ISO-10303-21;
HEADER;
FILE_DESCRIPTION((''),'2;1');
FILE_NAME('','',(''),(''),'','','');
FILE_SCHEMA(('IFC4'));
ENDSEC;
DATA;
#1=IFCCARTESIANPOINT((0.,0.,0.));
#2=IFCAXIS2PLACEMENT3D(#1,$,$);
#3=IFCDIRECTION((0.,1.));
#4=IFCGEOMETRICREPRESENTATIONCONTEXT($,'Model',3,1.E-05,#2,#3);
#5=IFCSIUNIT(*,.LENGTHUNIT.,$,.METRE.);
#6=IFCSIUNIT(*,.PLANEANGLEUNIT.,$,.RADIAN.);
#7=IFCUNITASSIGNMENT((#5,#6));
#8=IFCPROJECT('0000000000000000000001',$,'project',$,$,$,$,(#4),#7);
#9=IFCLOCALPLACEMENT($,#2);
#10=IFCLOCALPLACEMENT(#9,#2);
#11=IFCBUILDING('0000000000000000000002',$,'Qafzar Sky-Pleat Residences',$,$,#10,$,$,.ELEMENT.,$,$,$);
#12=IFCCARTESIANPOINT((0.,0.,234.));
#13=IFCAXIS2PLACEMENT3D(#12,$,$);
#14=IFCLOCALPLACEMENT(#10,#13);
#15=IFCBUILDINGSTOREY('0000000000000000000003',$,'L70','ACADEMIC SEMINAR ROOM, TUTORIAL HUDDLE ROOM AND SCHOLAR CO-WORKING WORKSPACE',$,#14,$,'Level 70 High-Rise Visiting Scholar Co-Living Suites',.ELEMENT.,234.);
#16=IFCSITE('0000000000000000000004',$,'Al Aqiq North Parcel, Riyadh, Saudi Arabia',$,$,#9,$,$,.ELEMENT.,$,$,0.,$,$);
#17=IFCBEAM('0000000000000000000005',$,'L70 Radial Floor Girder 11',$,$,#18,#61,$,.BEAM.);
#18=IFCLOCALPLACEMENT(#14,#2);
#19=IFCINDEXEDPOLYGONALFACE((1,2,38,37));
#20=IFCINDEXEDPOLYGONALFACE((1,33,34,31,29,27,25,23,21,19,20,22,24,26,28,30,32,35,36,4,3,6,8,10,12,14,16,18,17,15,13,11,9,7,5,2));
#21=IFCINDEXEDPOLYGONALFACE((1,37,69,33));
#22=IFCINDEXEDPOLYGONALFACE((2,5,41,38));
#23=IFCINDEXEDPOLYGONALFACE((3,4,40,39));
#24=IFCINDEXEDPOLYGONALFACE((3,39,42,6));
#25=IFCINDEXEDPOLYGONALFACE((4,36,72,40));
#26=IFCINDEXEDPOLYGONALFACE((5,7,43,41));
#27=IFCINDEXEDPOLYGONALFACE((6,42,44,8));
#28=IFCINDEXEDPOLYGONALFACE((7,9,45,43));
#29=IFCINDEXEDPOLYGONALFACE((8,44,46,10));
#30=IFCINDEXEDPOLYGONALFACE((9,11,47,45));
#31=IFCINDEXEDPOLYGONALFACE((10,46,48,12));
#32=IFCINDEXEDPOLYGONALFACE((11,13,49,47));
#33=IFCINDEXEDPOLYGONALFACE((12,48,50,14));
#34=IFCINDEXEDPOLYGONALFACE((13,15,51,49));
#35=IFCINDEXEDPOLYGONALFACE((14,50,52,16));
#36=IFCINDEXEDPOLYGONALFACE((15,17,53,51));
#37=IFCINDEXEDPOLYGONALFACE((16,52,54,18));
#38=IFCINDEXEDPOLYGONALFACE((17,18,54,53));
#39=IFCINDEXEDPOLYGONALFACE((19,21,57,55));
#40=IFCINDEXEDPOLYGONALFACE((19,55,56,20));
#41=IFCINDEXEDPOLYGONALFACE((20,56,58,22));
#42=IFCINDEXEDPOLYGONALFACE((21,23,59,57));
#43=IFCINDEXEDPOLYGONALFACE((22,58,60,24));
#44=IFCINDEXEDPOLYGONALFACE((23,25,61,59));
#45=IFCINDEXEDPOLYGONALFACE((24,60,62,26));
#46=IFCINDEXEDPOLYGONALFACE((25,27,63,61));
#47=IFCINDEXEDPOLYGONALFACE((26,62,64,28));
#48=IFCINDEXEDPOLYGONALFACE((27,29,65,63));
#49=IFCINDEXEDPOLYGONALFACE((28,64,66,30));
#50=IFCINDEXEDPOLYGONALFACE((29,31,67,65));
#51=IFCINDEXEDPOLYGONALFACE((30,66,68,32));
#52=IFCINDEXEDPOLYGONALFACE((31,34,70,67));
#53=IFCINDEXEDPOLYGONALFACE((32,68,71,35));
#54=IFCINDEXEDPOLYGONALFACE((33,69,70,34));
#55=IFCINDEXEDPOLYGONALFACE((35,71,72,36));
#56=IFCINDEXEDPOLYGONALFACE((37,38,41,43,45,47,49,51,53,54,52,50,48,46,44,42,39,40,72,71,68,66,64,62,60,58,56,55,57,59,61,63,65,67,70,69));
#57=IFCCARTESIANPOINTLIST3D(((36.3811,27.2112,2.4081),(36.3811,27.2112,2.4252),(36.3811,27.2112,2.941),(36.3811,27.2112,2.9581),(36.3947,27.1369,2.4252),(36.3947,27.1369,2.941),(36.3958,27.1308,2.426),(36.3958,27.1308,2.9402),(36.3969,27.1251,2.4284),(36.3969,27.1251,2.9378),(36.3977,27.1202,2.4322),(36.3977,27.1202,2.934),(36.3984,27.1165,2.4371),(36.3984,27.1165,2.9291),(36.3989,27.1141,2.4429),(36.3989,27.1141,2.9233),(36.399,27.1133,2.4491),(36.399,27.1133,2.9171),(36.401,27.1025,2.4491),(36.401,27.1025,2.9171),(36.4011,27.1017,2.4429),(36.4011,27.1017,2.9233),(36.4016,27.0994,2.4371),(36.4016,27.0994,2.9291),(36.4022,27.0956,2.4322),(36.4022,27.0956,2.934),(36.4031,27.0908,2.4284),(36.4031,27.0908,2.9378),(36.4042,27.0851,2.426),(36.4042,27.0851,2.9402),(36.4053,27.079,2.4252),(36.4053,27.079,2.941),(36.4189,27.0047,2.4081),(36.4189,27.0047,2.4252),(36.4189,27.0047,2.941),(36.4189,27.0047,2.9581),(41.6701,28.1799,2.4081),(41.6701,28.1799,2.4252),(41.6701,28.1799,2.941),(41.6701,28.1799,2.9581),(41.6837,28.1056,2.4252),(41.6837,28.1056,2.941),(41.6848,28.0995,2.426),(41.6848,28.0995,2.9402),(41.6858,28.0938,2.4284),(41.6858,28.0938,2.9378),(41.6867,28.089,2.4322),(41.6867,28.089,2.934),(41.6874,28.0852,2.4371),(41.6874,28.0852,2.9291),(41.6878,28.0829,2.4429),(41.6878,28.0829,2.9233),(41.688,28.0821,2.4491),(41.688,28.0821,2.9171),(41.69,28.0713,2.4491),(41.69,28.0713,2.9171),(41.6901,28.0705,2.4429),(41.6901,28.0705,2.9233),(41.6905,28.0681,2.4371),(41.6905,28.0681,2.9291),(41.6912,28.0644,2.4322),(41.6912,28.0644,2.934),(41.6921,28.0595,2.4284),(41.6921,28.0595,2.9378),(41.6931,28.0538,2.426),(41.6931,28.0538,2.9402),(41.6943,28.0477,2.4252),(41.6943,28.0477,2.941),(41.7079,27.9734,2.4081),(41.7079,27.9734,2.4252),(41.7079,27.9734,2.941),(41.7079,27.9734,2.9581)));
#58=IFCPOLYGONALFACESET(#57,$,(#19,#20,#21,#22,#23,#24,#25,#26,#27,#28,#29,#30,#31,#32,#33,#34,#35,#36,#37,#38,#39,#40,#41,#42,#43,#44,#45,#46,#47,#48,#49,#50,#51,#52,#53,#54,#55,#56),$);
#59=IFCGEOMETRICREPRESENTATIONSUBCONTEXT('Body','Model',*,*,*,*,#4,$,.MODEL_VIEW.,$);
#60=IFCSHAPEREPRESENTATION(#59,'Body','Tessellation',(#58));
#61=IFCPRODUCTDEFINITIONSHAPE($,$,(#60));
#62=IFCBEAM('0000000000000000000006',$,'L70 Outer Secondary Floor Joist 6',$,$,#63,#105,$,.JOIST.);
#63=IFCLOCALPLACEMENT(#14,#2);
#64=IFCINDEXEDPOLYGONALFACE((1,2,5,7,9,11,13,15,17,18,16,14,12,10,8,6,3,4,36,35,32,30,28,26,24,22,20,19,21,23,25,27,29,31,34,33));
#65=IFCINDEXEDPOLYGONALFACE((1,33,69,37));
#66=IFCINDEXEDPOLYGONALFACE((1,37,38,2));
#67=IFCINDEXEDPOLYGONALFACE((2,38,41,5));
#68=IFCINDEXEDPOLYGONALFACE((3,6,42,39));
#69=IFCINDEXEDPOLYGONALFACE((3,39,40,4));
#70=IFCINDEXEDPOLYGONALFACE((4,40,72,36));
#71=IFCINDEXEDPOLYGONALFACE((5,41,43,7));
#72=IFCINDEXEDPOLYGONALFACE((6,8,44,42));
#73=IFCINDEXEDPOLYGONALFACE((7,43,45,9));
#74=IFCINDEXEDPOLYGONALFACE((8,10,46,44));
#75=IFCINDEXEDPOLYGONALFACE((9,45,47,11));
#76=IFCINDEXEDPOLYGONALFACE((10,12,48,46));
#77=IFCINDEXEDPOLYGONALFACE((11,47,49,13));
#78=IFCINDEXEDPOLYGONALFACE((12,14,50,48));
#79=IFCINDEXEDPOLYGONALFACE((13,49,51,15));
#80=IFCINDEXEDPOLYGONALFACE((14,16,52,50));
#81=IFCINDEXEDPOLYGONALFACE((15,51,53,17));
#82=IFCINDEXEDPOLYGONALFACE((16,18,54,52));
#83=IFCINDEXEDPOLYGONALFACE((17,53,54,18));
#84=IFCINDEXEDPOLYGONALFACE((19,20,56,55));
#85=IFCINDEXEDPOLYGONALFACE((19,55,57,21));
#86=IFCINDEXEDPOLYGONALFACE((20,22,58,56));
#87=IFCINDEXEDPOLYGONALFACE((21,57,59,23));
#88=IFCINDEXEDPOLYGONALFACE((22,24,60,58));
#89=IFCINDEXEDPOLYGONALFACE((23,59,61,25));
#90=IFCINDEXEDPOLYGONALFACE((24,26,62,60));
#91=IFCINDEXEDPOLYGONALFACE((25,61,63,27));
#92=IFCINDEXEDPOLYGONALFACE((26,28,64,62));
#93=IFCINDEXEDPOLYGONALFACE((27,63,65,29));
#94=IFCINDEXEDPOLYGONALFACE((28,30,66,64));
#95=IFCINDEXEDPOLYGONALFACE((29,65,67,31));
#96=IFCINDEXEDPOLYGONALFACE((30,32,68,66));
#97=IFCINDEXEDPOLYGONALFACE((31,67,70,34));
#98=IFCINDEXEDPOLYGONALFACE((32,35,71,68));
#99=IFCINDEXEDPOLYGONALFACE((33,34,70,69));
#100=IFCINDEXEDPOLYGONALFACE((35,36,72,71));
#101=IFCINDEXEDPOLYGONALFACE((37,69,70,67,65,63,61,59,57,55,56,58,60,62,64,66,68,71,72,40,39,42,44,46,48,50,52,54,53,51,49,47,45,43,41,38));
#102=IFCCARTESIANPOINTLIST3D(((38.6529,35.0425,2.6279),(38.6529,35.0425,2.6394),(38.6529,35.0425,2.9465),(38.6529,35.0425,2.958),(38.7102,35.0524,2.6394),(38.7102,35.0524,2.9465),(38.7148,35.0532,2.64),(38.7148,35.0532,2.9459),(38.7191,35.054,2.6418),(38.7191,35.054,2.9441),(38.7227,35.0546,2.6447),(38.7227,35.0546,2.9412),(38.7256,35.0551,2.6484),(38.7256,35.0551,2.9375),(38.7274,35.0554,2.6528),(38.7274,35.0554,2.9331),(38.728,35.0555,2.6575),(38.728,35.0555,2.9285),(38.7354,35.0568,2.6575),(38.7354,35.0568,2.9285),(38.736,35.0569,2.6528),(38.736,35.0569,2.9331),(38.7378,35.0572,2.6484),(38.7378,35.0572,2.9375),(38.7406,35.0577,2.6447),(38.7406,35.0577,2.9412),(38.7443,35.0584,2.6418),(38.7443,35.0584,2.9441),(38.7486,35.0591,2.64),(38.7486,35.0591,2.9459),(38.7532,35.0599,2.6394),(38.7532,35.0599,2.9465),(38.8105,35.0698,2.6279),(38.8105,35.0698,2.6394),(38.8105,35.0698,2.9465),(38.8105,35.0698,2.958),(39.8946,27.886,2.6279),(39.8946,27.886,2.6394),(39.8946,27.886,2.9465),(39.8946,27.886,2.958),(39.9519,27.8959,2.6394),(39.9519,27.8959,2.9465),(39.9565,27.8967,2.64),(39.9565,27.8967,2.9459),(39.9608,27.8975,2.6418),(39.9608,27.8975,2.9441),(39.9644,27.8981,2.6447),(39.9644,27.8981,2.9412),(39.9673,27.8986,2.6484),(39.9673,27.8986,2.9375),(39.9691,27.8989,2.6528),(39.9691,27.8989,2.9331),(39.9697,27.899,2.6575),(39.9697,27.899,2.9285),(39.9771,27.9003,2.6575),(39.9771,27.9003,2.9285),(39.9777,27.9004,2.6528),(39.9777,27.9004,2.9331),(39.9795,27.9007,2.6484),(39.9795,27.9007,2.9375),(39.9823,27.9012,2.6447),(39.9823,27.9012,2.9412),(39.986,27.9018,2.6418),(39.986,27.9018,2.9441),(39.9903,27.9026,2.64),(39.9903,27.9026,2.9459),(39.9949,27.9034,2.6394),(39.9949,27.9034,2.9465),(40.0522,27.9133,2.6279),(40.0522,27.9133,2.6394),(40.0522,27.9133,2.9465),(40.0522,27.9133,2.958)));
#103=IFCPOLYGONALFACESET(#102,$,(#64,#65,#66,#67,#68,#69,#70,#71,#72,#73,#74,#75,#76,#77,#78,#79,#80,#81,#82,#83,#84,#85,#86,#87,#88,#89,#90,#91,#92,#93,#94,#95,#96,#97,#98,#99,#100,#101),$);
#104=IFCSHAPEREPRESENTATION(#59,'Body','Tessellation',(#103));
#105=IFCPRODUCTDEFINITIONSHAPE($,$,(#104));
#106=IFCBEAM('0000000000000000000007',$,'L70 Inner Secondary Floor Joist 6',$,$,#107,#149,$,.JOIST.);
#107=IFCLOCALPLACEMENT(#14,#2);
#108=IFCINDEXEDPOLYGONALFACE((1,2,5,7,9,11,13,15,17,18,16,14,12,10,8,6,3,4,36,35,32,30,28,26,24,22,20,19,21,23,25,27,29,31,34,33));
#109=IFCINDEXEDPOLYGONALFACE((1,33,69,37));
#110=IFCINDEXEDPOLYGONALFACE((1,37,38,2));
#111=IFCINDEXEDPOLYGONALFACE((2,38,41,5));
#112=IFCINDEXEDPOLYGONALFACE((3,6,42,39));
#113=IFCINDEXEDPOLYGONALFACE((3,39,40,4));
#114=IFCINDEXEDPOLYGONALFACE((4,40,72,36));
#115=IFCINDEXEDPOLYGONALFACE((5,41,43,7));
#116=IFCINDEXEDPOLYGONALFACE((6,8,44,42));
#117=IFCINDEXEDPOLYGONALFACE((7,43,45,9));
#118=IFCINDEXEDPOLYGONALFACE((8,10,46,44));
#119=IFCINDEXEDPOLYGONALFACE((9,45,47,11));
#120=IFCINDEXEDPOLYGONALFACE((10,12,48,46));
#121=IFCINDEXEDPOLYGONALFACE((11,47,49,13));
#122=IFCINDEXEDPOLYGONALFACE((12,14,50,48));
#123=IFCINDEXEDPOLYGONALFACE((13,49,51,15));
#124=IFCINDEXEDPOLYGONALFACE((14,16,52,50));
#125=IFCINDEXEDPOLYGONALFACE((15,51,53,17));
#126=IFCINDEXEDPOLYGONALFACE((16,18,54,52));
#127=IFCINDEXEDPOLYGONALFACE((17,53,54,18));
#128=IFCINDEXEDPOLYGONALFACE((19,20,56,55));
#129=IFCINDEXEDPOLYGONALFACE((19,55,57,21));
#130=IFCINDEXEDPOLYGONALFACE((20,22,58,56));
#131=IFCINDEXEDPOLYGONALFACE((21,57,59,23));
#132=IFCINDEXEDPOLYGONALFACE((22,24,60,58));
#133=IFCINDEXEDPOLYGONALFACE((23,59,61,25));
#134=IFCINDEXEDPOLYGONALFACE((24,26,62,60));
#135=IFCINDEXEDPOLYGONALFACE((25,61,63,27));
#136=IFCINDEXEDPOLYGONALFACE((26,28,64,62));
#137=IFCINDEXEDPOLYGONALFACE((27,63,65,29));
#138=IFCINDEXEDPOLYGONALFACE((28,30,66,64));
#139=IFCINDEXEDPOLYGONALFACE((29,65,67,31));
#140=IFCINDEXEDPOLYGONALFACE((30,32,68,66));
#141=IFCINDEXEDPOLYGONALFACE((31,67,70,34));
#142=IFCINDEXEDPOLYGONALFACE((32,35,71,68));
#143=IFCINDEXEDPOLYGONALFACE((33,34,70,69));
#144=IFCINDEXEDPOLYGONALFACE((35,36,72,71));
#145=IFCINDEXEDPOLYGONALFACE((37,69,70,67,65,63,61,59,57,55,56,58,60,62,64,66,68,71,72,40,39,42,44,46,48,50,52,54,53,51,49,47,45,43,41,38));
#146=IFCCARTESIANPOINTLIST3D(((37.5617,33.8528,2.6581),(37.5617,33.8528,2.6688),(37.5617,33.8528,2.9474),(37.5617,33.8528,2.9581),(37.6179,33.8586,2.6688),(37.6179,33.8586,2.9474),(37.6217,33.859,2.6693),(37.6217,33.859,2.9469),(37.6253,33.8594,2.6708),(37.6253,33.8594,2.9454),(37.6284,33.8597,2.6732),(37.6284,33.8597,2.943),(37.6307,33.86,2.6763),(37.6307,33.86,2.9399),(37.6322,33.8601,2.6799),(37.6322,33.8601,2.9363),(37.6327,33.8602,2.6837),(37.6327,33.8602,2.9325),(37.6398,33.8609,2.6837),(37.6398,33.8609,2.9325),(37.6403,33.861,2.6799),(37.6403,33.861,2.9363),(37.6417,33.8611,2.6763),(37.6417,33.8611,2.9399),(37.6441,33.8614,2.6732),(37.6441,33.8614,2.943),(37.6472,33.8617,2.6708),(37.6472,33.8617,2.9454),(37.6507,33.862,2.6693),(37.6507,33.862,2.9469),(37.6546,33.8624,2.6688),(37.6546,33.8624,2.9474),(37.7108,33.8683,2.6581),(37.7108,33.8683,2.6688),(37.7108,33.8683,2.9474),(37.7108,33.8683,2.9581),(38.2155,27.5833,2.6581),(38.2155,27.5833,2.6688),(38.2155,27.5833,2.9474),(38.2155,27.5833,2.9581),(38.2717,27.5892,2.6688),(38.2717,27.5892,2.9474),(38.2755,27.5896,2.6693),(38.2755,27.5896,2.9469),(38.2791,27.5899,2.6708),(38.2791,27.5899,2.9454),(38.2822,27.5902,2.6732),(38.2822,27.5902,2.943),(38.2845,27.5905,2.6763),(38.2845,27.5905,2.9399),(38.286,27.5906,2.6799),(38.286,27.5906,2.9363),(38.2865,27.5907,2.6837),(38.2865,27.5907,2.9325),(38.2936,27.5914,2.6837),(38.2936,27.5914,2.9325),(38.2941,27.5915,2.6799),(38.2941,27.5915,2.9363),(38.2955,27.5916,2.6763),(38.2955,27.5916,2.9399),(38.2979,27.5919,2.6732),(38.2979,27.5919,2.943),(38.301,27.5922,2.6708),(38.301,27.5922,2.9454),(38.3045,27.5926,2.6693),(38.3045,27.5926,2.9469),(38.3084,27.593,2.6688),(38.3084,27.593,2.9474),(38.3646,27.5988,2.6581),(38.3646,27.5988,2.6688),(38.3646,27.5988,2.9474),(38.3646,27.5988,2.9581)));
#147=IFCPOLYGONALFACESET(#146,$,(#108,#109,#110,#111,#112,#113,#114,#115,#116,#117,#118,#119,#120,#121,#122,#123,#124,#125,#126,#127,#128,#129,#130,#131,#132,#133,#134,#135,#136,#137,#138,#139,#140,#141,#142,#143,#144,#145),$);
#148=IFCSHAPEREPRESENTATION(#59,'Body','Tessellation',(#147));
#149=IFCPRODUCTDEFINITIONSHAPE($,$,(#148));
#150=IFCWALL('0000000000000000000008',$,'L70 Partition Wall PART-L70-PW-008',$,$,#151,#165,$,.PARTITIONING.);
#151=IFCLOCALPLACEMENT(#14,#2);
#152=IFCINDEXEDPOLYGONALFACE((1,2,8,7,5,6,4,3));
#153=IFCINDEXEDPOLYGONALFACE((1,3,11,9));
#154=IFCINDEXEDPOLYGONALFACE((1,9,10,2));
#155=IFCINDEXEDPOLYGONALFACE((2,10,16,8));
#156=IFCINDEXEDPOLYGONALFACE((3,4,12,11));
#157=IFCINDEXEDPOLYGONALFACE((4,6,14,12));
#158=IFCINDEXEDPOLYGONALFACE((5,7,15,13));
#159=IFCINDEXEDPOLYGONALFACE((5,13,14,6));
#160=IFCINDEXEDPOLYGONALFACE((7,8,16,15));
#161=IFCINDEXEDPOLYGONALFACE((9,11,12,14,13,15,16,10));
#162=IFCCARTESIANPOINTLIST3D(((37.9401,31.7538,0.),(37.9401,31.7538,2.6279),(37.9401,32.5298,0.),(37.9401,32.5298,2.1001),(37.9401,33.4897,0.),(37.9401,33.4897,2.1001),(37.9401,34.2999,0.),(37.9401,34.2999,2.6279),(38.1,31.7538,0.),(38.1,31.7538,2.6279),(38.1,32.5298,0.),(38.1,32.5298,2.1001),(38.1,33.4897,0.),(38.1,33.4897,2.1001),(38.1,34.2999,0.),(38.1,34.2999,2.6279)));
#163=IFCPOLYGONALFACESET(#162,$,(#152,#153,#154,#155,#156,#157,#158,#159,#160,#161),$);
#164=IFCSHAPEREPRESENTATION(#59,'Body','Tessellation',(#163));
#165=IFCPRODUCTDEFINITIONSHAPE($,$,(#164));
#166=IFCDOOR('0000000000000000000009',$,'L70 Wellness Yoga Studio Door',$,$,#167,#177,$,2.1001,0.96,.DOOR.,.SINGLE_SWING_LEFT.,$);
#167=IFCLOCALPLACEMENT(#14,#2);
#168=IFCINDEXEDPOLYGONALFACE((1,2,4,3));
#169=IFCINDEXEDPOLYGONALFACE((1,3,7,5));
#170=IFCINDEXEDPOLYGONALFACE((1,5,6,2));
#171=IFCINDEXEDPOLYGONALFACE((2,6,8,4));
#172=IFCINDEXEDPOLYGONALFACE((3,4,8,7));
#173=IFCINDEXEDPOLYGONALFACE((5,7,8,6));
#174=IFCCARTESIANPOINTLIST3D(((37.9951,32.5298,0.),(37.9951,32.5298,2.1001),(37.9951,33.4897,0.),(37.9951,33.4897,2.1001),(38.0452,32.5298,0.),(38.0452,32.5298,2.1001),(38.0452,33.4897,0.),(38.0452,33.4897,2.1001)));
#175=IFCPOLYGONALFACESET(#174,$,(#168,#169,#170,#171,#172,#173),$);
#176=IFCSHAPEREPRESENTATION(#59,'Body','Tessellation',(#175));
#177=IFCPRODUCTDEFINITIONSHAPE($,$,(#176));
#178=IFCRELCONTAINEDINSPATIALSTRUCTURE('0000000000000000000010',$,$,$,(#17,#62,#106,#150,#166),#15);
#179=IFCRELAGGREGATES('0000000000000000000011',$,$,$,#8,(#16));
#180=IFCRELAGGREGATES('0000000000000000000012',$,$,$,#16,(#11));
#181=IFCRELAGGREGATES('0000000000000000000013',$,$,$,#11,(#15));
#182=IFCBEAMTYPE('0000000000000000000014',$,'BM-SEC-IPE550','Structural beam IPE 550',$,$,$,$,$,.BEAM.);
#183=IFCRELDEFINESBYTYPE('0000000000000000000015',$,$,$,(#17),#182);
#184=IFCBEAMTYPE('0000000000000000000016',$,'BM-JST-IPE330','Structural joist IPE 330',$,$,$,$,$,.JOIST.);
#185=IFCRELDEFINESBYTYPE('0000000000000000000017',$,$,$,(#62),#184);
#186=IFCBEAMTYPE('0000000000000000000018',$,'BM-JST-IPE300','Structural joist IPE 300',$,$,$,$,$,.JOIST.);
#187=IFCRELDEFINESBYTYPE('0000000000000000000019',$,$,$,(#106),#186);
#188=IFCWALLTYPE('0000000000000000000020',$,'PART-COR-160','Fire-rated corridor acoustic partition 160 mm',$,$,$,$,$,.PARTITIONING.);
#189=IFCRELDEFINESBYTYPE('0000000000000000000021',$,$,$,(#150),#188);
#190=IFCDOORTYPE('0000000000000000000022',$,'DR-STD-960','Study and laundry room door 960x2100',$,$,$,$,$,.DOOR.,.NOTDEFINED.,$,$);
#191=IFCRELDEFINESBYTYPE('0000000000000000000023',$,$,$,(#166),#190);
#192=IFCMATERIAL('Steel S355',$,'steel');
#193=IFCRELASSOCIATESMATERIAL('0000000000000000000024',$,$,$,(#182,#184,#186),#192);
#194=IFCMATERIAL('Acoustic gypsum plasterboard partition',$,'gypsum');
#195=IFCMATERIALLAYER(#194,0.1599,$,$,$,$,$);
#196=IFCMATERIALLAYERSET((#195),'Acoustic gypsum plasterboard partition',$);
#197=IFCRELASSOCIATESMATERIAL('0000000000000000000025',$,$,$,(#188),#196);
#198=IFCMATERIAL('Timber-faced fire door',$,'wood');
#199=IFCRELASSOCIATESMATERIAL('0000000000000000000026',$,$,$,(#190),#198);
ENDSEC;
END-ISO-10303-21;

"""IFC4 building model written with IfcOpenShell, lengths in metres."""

from ifc_helpers import new_model, si_unit, direction, frame, frame_2d, origin, origin_2d, place, context, subcontext, project, spatial, rectangle, i_section, extrude, source, transform, mapped, material, layer, layer_set, material_profile, profile_set, type_object, element, fill, save


model = new_model("IFC4")

# Units and contexts
model_context = context("Model", 3, precision=1e-05, world=origin(), true_north=direction((0.0, 1.0)))
body_context = subcontext(model_context, "Body", "Model", "MODEL_VIEW")
ifc_project = project(units=[si_unit("LENGTHUNIT", "METRE"), si_unit("PLANEANGLEUNIT", "RADIAN")], contexts=[model_context])

# Site, building, storey
site_placement = place(None, origin())
site = spatial("IfcSite", under=ifc_project, at=site_placement, Name="Al Aqiq North Parcel, Riyadh, Saudi Arabia", CompositionType="ELEMENT", RefElevation=0.0)
building_placement = place(site_placement, origin())
building = spatial("IfcBuilding", under=site, at=building_placement, Name="Qafzar Sky-Pleat Residences", CompositionType="ELEMENT")
storey_placement = place(building_placement, frame((0.0, 0.0, 234.0)))
storey = spatial("IfcBuildingStorey", under=building, at=storey_placement, Name="L70", Description="ACADEMIC SEMINAR ROOM, TUTORIAL HUDDLE ROOM AND SCHOLAR CO-WORKING WORKSPACE", LongName="Level 70 High-Rise Visiting Scholar Co-Living Suites", CompositionType="ELEMENT", Elevation=234.0)

# Shared definitions
ifc_material_1 = material(Name="Steel S355", Category="steel")

# Beams
ifc_material_profile_1 = material_profile(ifc_material_1, i_section(OverallWidth=0.21, OverallDepth=0.55, WebThickness=0.011, FlangeThickness=0.0171, FilletRadius=0.0239, at=origin_2d()), Name="IPE 550")
ifc_profile_set_1 = profile_set([ifc_material_profile_1], Name="Steel S355")
beam_type_1 = type_object("IfcBeamType", Name="BM-SEC-IPE550", Description="Structural beam IPE 550", PredefinedType="BEAM", material=ifc_profile_set_1)
shared_shape_1 = source(origin(), body_context, "Body", "SweptSolid", [
    extrude(i_section(OverallWidth=0.21, OverallDepth=0.55, WebThickness=0.011, FlangeThickness=0.0171, FilletRadius=0.0239, at=origin_2d()), origin(), (0.0, 0.0, 1.0), 5.377),
])
beam_1_placement = place(storey_placement, frame((41.689, 28.0767, 2.6831), z_axis=(-0.983637, -0.180164, 0.0), x_axis=(0.180164, -0.983637, 0.0)))
element("IfcBeam", 1, at=beam_1_placement, inside=storey, type_object=beam_type_1, Name="L70 Radial Floor Girder 11", PredefinedType="BEAM", context=body_context, shape_type="MappedRepresentation", body=[
    mapped(shared_shape_1, transform((0.0, 0.0, 0.0), x_axis=(1.0, 0.0, 0.0), y_axis=(0.0, 1.0, 0.0), z_axis=(0.0, 0.0, 1.0), scale=1.0)),
])
ifc_material_profile_2 = material_profile(ifc_material_1, i_section(OverallWidth=0.1599, OverallDepth=0.3301, WebThickness=0.0076, FlangeThickness=0.0115, FilletRadius=0.0181, at=origin_2d()), Name="IPE 330")
ifc_profile_set_2 = profile_set([ifc_material_profile_2], Name="Steel S355")
beam_type_2 = type_object("IfcBeamType", Name="BM-JST-IPE330", Description="Structural joist IPE 330", PredefinedType="JOIST", material=ifc_profile_set_2)
shared_shape_2 = source(origin(), body_context, "Body", "SweptSolid", [
    extrude(i_section(OverallWidth=0.1599, OverallDepth=0.3301, WebThickness=0.0076, FlangeThickness=0.0115, FilletRadius=0.0181, at=origin_2d()), origin(), (0.0, 0.0, 1.0), 7.2634),
])
beam_2_placement = place(storey_placement, frame((39.9734, 27.8997, 2.793), z_axis=(-0.170952, 0.985279, 0.0), x_axis=(-0.985279, -0.170952, 0.0)))
element("IfcBeam", 2, at=beam_2_placement, inside=storey, type_object=beam_type_2, Name="L70 Outer Secondary Floor Joist 6", PredefinedType="JOIST", context=body_context, shape_type="MappedRepresentation", body=[
    mapped(shared_shape_2, transform((0.0, 0.0, 0.0), x_axis=(1.0, 0.0, 0.0), y_axis=(0.0, 1.0, 0.0), z_axis=(0.0, 0.0, 1.0), scale=1.0)),
])
ifc_material_profile_3 = material_profile(ifc_material_1, i_section(OverallWidth=0.1499, OverallDepth=0.3, WebThickness=0.0071, FlangeThickness=0.0107, FilletRadius=0.0149, at=origin_2d()), Name="IPE 300")
ifc_profile_set_3 = profile_set([ifc_material_profile_3], Name="Steel S355")
beam_type_3 = type_object("IfcBeamType", Name="BM-JST-IPE300", Description="Structural joist IPE 300", PredefinedType="JOIST", material=ifc_profile_set_3)
shared_shape_3 = source(origin(), body_context, "Body", "SweptSolid", [
    extrude(i_section(OverallWidth=0.1499, OverallDepth=0.3, WebThickness=0.0071, FlangeThickness=0.0107, FilletRadius=0.0149, at=origin_2d()), origin(), (0.0, 0.0, 1.0), 6.3035),
])
beam_3_placement = place(storey_placement, frame((38.29, 27.5911, 2.8081), z_axis=(-0.103721, 0.994606, 0.0), x_axis=(-0.994606, -0.103721, 0.0)))
element("IfcBeam", 3, at=beam_3_placement, inside=storey, type_object=beam_type_3, Name="L70 Inner Secondary Floor Joist 6", PredefinedType="JOIST", context=body_context, shape_type="MappedRepresentation", body=[
    mapped(shared_shape_3, transform((0.0, 0.0, 0.0), x_axis=(1.0, 0.0, 0.0), y_axis=(0.0, 1.0, 0.0), z_axis=(0.0, 0.0, 1.0), scale=1.0)),
])

# Wall, opening, door
ifc_material_2 = material(Name="Acoustic gypsum plasterboard partition", Category="gypsum")
ifc_layer_1 = layer(ifc_material_2, 0.1599)
ifc_layer_set_1 = layer_set([ifc_layer_1], Name="Acoustic gypsum plasterboard partition")
wall_type_1 = type_object("IfcWallType", Name="PART-COR-160", Description="Fire-rated corridor acoustic partition 160 mm", PredefinedType="PARTITIONING", material=ifc_layer_set_1)
wall_1_placement = place(storey_placement, frame((38.02, 31.7539, 0.0), z_axis=(0.0, 0.0, 1.0), x_axis=(0.0, 1.0, 0.0)))
wall_1 = element("IfcWall", 4, at=wall_1_placement, inside=storey, type_object=wall_type_1, Name="L70 Partition Wall PART-L70-PW-008", PredefinedType="PARTITIONING", context=body_context, shape_type="SweptSolid", body=[
    extrude(rectangle(XDim=2.5461, YDim=0.1599, at=frame_2d((1.2729, 0.0))), origin(), (0.0, 0.0, 1.0), 2.6279),
])
opening_1_placement = place(wall_1_placement, frame((0.7759, 0.0, 0.0)))
opening_1 = element("IfcOpeningElement", 5, at=opening_1_placement, cuts=wall_1, PredefinedType="OPENING", context=body_context, shape_type="SweptSolid", body=[
    extrude(rectangle(XDim=0.96, YDim=2.1001, at=frame_2d((0.48, 1.05))), frame((0.0, 0.0898, 0.0), z_axis=(0.0, -1.0, 0.0), x_axis=(1.0, 0.0, 0.0)), (0.0, 0.0, 1.0), 0.1799),
])
ifc_material_3 = material(Name="Timber-faced fire door", Category="wood")
door_type = type_object("IfcDoorType", Name="DR-STD-960", Description="Study and laundry room door 960x2100", OperationType="NOTDEFINED", PredefinedType="DOOR", material=ifc_material_3)
shared_shape_4 = source(origin(), body_context, "Body", "SweptSolid", [
    extrude(rectangle(XDim=0.96, YDim=2.1001, at=frame_2d((0.48, 1.05))), frame((0.0, 0.0249, 0.0), z_axis=(0.0, -1.0, 0.0), x_axis=(1.0, 0.0, 0.0)), (0.0, 0.0, 1.0), 0.05),
])
door_placement = place(opening_1_placement, origin())
door = element("IfcDoor", 6, at=door_placement, inside=storey, type_object=door_type, Name="L70 Wellness Yoga Studio Door", OperationType="SINGLE_SWING_LEFT", OverallHeight=2.1001, OverallWidth=0.96, PredefinedType="DOOR", context=body_context, shape_type="MappedRepresentation", body=[
    mapped(shared_shape_4, transform((0.0, 0.0, 0.0), x_axis=(1.0, 0.0, 0.0), y_axis=(0.0, 1.0, 0.0), z_axis=(0.0, 0.0, 1.0), scale=1.0)),
])
fill(opening_1, door)

save(model, "model.ifc")
